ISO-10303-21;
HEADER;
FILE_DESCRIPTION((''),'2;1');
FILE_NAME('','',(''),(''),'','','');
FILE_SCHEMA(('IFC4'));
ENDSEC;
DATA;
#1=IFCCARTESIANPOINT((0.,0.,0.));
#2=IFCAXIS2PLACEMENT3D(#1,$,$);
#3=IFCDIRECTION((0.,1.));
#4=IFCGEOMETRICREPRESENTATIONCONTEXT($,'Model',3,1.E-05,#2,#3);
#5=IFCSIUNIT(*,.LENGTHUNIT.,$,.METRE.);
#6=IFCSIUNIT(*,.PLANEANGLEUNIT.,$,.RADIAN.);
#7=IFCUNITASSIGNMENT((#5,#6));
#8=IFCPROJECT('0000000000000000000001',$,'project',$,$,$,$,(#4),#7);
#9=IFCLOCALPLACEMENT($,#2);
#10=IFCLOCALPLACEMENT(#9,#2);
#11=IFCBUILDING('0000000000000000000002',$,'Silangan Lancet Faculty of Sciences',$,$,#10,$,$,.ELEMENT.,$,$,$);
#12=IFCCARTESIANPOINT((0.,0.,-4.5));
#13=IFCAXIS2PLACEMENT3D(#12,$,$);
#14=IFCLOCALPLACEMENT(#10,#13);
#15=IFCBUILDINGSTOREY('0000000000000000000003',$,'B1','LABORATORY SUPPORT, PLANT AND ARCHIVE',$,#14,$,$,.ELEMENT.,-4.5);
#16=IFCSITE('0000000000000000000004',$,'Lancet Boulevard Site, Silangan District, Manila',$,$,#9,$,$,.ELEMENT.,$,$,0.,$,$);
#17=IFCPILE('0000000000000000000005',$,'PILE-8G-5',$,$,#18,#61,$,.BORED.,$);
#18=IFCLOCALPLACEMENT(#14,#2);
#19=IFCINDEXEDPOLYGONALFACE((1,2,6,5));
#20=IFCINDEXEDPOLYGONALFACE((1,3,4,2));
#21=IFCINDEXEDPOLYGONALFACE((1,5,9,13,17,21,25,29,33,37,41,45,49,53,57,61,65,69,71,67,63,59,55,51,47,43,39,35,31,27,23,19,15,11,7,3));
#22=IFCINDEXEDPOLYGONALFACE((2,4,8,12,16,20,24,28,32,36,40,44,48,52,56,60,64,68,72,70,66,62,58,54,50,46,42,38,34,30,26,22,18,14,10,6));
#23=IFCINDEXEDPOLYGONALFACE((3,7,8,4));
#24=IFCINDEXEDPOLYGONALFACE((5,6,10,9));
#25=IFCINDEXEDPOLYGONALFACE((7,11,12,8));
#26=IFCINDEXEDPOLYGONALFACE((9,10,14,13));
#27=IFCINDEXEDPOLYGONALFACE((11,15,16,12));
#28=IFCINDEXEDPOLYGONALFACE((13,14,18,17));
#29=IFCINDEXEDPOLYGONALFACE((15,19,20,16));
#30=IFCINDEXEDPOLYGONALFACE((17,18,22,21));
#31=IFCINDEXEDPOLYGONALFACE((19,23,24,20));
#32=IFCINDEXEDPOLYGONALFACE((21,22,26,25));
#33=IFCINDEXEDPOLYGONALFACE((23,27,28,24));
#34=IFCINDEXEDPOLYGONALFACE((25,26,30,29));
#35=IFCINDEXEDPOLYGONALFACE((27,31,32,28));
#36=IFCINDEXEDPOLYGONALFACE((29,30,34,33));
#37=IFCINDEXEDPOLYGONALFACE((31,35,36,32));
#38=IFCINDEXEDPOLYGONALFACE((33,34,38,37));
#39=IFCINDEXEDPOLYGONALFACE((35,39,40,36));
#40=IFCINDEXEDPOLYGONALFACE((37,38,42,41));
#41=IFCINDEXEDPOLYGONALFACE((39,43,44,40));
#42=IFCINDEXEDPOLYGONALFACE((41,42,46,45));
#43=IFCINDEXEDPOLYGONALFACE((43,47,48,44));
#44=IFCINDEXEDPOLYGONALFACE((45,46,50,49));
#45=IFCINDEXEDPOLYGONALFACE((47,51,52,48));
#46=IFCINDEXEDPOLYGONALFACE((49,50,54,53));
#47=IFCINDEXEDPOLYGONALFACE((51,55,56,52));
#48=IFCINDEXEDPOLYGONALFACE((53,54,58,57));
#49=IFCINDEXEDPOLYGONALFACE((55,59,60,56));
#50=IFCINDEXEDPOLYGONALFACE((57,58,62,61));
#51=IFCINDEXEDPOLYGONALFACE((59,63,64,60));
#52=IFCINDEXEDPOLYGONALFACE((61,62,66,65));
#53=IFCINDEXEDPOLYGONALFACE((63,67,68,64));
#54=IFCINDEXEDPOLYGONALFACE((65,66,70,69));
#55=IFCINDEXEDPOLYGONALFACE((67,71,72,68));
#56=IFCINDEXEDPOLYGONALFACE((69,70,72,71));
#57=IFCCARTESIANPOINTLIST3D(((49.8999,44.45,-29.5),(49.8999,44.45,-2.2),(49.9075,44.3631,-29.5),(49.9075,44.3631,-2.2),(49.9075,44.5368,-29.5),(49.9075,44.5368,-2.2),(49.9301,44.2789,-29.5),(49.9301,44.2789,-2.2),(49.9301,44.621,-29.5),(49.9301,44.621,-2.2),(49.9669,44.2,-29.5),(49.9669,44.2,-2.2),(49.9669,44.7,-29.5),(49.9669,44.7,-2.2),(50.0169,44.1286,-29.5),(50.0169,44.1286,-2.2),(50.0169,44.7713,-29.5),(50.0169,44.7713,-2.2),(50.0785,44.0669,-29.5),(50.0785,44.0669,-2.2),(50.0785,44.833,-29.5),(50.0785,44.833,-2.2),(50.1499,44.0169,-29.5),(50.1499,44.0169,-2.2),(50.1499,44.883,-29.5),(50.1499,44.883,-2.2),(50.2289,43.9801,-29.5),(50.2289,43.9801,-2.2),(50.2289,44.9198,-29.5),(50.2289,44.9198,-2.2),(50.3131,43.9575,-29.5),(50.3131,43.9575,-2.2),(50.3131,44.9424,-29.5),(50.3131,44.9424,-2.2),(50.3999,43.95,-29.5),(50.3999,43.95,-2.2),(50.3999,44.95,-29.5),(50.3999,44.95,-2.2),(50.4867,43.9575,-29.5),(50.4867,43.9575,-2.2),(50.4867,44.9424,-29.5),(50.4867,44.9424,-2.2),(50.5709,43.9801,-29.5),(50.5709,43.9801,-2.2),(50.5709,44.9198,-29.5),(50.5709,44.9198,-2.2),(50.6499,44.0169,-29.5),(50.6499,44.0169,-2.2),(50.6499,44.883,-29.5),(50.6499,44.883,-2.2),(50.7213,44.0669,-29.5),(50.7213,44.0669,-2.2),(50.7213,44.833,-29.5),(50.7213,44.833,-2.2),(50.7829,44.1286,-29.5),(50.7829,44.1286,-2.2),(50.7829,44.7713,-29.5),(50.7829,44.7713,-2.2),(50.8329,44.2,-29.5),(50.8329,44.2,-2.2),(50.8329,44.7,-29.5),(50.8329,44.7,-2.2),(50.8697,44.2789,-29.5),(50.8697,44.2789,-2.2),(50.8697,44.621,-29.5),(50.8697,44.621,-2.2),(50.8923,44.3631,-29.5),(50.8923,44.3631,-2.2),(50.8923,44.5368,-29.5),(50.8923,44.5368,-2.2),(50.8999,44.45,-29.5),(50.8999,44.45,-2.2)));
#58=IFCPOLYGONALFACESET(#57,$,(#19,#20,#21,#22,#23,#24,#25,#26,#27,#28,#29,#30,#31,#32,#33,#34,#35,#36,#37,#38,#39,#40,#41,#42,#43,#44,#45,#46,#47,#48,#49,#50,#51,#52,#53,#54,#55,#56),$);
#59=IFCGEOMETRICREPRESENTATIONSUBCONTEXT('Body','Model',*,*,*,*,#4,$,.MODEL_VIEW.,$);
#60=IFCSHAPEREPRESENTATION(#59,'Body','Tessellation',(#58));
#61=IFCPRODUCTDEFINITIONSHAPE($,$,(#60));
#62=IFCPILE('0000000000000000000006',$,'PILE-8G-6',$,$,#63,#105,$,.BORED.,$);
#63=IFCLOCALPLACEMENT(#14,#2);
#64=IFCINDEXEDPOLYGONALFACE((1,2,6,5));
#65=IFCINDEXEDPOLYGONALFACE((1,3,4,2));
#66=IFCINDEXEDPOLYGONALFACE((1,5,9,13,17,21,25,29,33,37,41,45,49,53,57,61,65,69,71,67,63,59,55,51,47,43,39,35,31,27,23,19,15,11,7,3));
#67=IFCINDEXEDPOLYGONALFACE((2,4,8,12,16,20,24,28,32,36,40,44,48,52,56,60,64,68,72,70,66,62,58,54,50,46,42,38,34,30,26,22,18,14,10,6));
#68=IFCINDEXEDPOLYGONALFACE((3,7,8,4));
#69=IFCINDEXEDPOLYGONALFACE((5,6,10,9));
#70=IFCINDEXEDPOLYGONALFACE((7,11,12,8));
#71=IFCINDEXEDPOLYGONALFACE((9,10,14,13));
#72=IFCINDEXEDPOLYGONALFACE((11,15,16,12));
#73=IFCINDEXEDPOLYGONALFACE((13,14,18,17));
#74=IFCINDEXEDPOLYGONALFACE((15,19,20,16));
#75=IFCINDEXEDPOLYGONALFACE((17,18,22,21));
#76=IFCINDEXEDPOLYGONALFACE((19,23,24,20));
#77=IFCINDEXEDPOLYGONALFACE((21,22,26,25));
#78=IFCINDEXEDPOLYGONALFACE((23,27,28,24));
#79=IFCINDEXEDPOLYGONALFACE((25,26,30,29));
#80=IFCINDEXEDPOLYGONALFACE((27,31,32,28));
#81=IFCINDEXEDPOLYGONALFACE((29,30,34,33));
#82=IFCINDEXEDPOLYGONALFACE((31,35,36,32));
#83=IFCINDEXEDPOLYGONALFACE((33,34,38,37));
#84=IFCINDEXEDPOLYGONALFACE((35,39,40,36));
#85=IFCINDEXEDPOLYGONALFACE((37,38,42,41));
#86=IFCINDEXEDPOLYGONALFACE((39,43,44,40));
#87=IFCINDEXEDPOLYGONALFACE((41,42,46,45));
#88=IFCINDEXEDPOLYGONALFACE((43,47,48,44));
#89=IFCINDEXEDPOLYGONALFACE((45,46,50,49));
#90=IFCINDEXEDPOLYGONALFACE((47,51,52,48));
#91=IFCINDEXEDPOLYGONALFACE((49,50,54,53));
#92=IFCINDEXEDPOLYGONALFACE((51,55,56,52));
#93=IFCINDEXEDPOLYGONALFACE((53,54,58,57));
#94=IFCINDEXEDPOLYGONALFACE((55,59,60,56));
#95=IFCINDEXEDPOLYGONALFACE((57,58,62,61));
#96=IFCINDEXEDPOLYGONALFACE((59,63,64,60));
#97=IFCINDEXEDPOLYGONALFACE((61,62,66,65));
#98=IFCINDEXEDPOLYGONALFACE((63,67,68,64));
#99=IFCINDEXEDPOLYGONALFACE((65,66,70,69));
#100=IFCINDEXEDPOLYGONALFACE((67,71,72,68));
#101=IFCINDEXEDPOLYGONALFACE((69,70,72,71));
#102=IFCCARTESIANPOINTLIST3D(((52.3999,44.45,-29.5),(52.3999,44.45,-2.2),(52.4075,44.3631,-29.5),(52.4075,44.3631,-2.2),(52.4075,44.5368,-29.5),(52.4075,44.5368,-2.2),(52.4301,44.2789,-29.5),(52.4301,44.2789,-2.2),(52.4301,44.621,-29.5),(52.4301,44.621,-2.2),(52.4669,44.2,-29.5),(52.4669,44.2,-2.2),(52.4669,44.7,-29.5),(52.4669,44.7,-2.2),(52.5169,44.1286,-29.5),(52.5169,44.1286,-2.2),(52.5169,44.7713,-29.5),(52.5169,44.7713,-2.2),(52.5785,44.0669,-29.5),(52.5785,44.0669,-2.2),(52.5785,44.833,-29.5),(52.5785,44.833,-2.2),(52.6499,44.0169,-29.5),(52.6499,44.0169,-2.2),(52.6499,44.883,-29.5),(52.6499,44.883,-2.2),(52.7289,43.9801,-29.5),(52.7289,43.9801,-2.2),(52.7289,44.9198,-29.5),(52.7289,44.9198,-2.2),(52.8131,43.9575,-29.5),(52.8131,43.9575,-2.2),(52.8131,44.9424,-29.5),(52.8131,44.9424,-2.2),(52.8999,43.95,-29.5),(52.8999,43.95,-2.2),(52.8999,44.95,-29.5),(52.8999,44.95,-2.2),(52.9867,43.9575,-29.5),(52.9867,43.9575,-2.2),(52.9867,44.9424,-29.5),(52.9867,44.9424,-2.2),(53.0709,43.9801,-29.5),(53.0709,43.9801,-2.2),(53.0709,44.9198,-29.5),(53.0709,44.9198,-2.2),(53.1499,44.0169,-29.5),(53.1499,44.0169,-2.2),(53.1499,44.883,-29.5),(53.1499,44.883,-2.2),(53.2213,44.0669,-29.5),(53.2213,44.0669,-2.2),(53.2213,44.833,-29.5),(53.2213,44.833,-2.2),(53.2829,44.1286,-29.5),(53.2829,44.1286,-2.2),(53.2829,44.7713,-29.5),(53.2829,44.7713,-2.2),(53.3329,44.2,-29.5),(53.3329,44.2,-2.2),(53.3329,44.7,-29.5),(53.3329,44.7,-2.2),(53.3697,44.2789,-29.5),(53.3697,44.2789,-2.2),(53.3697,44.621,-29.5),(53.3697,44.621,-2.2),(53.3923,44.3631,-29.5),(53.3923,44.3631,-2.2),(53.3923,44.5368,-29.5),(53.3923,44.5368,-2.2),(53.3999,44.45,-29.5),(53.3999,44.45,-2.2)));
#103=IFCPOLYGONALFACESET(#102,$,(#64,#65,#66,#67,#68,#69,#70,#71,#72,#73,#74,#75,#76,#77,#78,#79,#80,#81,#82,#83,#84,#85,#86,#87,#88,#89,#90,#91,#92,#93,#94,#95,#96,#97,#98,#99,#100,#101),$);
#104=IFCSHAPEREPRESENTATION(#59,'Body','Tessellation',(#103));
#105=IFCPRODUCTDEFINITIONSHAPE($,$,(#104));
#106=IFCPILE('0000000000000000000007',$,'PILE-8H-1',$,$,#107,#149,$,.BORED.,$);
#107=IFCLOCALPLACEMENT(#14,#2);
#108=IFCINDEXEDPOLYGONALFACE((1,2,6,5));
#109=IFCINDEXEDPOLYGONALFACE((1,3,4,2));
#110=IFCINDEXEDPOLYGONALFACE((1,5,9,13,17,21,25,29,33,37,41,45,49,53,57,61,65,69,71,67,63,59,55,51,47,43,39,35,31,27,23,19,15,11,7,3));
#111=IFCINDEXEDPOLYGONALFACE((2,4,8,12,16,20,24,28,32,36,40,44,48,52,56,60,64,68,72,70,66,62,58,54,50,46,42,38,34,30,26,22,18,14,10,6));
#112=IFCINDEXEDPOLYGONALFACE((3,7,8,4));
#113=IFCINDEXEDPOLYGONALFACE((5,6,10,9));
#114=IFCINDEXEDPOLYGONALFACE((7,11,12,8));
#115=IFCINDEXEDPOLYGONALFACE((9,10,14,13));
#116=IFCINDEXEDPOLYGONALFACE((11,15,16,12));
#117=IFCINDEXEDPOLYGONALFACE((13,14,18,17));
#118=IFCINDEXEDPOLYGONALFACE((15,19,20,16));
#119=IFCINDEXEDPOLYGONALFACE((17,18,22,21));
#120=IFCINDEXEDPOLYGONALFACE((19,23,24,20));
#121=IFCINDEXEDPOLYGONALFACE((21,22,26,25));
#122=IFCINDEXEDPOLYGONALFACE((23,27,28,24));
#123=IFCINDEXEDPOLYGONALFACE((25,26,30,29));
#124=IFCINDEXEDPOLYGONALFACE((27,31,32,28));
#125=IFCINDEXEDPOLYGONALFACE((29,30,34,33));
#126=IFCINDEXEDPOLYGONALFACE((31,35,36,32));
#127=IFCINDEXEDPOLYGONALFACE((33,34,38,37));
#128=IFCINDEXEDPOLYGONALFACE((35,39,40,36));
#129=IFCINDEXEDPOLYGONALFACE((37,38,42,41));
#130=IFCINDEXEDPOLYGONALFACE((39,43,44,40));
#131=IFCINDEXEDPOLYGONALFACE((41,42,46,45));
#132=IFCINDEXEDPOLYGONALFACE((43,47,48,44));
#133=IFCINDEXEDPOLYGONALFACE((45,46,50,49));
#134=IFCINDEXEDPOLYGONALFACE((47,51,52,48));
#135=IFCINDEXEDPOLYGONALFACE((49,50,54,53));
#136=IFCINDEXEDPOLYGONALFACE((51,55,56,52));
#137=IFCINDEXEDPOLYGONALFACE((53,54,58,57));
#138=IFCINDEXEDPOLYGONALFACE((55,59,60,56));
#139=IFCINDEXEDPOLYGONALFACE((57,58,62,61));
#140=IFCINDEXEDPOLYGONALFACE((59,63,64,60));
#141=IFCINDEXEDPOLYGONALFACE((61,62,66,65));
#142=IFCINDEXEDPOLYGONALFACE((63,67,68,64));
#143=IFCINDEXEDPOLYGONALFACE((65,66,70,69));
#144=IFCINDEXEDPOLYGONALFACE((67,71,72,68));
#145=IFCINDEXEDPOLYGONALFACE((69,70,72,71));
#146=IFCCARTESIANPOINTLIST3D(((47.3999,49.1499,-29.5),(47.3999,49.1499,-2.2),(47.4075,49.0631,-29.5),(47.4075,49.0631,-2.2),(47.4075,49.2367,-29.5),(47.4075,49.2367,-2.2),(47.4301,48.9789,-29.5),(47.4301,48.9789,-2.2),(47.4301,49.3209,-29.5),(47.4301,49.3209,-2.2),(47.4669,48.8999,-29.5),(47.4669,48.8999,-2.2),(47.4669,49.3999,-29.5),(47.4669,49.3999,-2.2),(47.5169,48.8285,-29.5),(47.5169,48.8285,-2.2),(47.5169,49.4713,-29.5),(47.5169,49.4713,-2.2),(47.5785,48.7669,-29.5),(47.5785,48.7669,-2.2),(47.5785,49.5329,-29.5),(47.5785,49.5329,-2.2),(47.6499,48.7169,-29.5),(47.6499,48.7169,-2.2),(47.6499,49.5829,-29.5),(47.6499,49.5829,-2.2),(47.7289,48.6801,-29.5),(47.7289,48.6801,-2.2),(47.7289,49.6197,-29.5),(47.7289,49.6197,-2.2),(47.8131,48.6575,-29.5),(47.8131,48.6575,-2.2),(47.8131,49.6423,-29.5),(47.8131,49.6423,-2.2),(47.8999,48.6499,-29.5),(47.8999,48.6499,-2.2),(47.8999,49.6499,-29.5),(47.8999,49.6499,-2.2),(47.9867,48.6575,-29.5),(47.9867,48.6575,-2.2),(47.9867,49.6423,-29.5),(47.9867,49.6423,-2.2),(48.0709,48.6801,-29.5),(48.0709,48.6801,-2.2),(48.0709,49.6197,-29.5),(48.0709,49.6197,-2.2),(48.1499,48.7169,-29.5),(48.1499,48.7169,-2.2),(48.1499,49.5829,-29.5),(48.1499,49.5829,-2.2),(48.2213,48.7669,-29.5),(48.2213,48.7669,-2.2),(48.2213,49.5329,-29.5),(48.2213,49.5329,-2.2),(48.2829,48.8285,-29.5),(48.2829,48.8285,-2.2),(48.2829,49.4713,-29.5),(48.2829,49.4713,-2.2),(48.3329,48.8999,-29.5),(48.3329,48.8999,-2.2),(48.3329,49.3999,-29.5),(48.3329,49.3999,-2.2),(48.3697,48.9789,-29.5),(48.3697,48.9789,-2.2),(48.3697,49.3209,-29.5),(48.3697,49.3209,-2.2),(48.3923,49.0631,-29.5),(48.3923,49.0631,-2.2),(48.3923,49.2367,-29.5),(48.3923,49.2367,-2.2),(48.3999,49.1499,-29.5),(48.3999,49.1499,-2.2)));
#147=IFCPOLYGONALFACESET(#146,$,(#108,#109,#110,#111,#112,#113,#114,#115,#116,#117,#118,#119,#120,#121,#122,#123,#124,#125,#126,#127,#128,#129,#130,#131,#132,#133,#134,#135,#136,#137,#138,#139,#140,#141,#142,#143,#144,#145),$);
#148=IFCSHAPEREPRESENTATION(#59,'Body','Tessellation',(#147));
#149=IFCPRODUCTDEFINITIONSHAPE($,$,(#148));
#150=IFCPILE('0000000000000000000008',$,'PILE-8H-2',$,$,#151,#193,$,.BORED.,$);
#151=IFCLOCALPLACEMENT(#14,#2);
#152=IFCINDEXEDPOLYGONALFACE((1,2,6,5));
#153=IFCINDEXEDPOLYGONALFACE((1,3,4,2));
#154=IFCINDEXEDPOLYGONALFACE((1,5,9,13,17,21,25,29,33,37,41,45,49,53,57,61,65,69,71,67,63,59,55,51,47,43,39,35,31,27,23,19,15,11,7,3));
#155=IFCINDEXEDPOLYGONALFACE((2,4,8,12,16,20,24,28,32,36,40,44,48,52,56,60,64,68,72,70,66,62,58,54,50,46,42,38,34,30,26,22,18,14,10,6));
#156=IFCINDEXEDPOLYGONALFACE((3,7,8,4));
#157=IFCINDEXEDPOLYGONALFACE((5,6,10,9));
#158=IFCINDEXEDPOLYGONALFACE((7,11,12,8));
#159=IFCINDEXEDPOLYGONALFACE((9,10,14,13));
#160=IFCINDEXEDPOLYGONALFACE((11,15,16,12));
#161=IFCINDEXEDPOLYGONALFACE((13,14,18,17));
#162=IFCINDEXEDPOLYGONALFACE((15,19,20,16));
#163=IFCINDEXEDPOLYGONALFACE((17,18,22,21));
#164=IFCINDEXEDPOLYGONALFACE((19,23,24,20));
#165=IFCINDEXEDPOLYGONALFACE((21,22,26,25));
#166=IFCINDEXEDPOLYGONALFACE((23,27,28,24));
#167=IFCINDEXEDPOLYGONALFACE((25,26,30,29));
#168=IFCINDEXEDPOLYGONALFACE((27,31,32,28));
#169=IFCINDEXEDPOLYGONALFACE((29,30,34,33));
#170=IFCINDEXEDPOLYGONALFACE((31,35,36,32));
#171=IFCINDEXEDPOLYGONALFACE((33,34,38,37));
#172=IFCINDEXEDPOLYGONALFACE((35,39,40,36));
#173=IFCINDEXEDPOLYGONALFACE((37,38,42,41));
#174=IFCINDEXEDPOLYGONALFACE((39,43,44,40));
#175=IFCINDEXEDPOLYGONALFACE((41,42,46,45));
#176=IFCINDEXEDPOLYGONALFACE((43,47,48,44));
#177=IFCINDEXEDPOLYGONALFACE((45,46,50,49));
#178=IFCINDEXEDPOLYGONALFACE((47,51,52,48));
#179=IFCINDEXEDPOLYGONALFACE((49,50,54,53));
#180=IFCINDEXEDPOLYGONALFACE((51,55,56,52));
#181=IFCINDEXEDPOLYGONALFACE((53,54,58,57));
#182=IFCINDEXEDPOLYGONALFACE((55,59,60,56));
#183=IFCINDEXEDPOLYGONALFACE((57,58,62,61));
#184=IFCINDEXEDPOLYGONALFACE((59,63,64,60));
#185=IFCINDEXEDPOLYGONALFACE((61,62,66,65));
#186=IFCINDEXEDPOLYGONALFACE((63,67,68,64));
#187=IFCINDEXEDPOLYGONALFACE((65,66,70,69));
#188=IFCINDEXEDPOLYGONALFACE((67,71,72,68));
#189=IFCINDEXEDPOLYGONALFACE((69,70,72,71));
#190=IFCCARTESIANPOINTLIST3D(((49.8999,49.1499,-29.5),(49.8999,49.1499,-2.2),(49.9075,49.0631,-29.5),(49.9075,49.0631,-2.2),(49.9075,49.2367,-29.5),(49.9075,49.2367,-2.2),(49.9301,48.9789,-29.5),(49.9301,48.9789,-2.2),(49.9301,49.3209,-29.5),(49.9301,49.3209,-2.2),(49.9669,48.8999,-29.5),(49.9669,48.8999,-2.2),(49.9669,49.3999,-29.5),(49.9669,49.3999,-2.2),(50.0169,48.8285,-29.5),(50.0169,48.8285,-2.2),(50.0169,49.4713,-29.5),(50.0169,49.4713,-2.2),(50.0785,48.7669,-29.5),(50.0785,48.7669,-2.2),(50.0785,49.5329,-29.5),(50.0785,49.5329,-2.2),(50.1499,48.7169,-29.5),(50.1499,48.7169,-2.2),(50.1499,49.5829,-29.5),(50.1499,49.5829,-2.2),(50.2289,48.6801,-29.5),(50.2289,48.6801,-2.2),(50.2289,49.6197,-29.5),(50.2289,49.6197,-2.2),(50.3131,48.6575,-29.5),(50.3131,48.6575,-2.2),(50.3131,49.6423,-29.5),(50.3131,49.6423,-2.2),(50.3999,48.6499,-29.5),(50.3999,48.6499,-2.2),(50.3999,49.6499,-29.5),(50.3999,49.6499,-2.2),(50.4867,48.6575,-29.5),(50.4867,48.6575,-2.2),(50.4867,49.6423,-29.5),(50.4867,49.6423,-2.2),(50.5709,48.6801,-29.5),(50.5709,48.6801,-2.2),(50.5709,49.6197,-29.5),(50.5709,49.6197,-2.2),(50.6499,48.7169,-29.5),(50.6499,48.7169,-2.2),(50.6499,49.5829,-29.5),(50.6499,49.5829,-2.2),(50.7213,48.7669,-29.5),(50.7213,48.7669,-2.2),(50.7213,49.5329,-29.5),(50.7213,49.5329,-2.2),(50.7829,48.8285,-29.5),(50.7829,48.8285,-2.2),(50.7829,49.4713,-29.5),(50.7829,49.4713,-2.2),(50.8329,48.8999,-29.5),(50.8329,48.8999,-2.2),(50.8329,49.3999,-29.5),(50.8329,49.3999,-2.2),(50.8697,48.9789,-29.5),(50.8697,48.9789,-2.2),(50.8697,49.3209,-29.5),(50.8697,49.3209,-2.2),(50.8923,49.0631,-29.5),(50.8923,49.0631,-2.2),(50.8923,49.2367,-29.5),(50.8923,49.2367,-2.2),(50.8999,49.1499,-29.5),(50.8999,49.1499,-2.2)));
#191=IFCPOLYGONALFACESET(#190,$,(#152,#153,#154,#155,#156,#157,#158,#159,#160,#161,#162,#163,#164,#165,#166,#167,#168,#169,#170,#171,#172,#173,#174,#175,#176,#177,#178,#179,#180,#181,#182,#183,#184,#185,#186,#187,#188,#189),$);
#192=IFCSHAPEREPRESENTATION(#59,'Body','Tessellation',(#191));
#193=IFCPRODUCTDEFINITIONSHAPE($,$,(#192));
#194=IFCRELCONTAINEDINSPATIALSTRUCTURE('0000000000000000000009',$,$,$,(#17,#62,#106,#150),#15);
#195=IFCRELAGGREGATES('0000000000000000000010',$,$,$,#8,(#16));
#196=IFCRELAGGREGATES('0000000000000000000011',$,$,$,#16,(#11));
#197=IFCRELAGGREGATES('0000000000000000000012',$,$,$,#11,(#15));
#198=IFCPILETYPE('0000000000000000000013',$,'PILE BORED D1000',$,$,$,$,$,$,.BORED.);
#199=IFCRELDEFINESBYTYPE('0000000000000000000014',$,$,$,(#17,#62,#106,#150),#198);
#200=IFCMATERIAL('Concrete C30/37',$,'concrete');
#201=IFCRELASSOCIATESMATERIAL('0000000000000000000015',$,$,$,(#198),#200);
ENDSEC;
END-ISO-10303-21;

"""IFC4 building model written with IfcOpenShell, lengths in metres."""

from ifc_helpers import new_model, si_unit, direction, frame, origin, origin_2d, place, context, subcontext, project, spatial, circle, extrude, material, material_profile, profile_set, type_object, element, save


model = new_model("IFC4")

# Units and contexts
model_context = context("Model", 3, precision=1e-05, world=origin(), true_north=direction((0.0, 1.0)))
body_context = subcontext(model_context, "Body", "Model", "MODEL_VIEW")
ifc_project = project(units=[si_unit("LENGTHUNIT", "METRE"), si_unit("PLANEANGLEUNIT", "RADIAN")], contexts=[model_context])

# Site, building, storey
site_placement = place(None, origin())
site = spatial("IfcSite", under=ifc_project, at=site_placement, Name="Lancet Boulevard Site, Silangan District, Manila", CompositionType="ELEMENT", RefElevation=0.0)
building_placement = place(site_placement, origin())
building = spatial("IfcBuilding", under=site, at=building_placement, Name="Silangan Lancet Faculty of Sciences", CompositionType="ELEMENT")
storey_placement = place(building_placement, frame((0.0, 0.0, -4.5)))
storey = spatial("IfcBuildingStorey", under=building, at=storey_placement, Name="B1", Description="LABORATORY SUPPORT, PLANT AND ARCHIVE", CompositionType="ELEMENT", Elevation=-4.5)

# Piles
ifc_material_1 = material(Name="Concrete C30/37", Category="concrete")
ifc_material_profile_1 = material_profile(ifc_material_1, circle(Radius=0.5, at=origin_2d()), Name="BORED PILE D1000")
ifc_profile_set_1 = profile_set([ifc_material_profile_1], Name="Concrete C30/37")
pile_type = type_object("IfcPileType", Name="PILE BORED D1000", PredefinedType="BORED", material=ifc_profile_set_1)
for number, where, z_axis, x_axis, name in (
    (1, (50.3999, 44.45, -2.2), (0.0, 0.0, -1.0), (1.0, 0.0, 0.0), "PILE-8G-5"),
    (2, (52.8999, 44.45, -2.2), (0.0, 0.0, -1.0), (1.0, 0.0, 0.0), "PILE-8G-6"),
    (3, (47.8999, 49.1499, -2.2), (0.0, 0.0, -1.0), (1.0, 0.0, 0.0), "PILE-8H-1"),
    (4, (50.3999, 49.1499, -2.2), (0.0, 0.0, -1.0), (1.0, 0.0, 0.0), "PILE-8H-2"),
):
    element("IfcPile", number, at=place(storey_placement, frame(where, z_axis=z_axis, x_axis=x_axis)), inside=storey, type_object=pile_type, Name=name, PredefinedType="BORED", context=body_context, shape_type="SweptSolid", body=[
        extrude(circle(Radius=0.5, at=origin_2d()), origin(), (0.0, 0.0, 1.0), 27.3),
    ])

save(model, "model.ifc")
